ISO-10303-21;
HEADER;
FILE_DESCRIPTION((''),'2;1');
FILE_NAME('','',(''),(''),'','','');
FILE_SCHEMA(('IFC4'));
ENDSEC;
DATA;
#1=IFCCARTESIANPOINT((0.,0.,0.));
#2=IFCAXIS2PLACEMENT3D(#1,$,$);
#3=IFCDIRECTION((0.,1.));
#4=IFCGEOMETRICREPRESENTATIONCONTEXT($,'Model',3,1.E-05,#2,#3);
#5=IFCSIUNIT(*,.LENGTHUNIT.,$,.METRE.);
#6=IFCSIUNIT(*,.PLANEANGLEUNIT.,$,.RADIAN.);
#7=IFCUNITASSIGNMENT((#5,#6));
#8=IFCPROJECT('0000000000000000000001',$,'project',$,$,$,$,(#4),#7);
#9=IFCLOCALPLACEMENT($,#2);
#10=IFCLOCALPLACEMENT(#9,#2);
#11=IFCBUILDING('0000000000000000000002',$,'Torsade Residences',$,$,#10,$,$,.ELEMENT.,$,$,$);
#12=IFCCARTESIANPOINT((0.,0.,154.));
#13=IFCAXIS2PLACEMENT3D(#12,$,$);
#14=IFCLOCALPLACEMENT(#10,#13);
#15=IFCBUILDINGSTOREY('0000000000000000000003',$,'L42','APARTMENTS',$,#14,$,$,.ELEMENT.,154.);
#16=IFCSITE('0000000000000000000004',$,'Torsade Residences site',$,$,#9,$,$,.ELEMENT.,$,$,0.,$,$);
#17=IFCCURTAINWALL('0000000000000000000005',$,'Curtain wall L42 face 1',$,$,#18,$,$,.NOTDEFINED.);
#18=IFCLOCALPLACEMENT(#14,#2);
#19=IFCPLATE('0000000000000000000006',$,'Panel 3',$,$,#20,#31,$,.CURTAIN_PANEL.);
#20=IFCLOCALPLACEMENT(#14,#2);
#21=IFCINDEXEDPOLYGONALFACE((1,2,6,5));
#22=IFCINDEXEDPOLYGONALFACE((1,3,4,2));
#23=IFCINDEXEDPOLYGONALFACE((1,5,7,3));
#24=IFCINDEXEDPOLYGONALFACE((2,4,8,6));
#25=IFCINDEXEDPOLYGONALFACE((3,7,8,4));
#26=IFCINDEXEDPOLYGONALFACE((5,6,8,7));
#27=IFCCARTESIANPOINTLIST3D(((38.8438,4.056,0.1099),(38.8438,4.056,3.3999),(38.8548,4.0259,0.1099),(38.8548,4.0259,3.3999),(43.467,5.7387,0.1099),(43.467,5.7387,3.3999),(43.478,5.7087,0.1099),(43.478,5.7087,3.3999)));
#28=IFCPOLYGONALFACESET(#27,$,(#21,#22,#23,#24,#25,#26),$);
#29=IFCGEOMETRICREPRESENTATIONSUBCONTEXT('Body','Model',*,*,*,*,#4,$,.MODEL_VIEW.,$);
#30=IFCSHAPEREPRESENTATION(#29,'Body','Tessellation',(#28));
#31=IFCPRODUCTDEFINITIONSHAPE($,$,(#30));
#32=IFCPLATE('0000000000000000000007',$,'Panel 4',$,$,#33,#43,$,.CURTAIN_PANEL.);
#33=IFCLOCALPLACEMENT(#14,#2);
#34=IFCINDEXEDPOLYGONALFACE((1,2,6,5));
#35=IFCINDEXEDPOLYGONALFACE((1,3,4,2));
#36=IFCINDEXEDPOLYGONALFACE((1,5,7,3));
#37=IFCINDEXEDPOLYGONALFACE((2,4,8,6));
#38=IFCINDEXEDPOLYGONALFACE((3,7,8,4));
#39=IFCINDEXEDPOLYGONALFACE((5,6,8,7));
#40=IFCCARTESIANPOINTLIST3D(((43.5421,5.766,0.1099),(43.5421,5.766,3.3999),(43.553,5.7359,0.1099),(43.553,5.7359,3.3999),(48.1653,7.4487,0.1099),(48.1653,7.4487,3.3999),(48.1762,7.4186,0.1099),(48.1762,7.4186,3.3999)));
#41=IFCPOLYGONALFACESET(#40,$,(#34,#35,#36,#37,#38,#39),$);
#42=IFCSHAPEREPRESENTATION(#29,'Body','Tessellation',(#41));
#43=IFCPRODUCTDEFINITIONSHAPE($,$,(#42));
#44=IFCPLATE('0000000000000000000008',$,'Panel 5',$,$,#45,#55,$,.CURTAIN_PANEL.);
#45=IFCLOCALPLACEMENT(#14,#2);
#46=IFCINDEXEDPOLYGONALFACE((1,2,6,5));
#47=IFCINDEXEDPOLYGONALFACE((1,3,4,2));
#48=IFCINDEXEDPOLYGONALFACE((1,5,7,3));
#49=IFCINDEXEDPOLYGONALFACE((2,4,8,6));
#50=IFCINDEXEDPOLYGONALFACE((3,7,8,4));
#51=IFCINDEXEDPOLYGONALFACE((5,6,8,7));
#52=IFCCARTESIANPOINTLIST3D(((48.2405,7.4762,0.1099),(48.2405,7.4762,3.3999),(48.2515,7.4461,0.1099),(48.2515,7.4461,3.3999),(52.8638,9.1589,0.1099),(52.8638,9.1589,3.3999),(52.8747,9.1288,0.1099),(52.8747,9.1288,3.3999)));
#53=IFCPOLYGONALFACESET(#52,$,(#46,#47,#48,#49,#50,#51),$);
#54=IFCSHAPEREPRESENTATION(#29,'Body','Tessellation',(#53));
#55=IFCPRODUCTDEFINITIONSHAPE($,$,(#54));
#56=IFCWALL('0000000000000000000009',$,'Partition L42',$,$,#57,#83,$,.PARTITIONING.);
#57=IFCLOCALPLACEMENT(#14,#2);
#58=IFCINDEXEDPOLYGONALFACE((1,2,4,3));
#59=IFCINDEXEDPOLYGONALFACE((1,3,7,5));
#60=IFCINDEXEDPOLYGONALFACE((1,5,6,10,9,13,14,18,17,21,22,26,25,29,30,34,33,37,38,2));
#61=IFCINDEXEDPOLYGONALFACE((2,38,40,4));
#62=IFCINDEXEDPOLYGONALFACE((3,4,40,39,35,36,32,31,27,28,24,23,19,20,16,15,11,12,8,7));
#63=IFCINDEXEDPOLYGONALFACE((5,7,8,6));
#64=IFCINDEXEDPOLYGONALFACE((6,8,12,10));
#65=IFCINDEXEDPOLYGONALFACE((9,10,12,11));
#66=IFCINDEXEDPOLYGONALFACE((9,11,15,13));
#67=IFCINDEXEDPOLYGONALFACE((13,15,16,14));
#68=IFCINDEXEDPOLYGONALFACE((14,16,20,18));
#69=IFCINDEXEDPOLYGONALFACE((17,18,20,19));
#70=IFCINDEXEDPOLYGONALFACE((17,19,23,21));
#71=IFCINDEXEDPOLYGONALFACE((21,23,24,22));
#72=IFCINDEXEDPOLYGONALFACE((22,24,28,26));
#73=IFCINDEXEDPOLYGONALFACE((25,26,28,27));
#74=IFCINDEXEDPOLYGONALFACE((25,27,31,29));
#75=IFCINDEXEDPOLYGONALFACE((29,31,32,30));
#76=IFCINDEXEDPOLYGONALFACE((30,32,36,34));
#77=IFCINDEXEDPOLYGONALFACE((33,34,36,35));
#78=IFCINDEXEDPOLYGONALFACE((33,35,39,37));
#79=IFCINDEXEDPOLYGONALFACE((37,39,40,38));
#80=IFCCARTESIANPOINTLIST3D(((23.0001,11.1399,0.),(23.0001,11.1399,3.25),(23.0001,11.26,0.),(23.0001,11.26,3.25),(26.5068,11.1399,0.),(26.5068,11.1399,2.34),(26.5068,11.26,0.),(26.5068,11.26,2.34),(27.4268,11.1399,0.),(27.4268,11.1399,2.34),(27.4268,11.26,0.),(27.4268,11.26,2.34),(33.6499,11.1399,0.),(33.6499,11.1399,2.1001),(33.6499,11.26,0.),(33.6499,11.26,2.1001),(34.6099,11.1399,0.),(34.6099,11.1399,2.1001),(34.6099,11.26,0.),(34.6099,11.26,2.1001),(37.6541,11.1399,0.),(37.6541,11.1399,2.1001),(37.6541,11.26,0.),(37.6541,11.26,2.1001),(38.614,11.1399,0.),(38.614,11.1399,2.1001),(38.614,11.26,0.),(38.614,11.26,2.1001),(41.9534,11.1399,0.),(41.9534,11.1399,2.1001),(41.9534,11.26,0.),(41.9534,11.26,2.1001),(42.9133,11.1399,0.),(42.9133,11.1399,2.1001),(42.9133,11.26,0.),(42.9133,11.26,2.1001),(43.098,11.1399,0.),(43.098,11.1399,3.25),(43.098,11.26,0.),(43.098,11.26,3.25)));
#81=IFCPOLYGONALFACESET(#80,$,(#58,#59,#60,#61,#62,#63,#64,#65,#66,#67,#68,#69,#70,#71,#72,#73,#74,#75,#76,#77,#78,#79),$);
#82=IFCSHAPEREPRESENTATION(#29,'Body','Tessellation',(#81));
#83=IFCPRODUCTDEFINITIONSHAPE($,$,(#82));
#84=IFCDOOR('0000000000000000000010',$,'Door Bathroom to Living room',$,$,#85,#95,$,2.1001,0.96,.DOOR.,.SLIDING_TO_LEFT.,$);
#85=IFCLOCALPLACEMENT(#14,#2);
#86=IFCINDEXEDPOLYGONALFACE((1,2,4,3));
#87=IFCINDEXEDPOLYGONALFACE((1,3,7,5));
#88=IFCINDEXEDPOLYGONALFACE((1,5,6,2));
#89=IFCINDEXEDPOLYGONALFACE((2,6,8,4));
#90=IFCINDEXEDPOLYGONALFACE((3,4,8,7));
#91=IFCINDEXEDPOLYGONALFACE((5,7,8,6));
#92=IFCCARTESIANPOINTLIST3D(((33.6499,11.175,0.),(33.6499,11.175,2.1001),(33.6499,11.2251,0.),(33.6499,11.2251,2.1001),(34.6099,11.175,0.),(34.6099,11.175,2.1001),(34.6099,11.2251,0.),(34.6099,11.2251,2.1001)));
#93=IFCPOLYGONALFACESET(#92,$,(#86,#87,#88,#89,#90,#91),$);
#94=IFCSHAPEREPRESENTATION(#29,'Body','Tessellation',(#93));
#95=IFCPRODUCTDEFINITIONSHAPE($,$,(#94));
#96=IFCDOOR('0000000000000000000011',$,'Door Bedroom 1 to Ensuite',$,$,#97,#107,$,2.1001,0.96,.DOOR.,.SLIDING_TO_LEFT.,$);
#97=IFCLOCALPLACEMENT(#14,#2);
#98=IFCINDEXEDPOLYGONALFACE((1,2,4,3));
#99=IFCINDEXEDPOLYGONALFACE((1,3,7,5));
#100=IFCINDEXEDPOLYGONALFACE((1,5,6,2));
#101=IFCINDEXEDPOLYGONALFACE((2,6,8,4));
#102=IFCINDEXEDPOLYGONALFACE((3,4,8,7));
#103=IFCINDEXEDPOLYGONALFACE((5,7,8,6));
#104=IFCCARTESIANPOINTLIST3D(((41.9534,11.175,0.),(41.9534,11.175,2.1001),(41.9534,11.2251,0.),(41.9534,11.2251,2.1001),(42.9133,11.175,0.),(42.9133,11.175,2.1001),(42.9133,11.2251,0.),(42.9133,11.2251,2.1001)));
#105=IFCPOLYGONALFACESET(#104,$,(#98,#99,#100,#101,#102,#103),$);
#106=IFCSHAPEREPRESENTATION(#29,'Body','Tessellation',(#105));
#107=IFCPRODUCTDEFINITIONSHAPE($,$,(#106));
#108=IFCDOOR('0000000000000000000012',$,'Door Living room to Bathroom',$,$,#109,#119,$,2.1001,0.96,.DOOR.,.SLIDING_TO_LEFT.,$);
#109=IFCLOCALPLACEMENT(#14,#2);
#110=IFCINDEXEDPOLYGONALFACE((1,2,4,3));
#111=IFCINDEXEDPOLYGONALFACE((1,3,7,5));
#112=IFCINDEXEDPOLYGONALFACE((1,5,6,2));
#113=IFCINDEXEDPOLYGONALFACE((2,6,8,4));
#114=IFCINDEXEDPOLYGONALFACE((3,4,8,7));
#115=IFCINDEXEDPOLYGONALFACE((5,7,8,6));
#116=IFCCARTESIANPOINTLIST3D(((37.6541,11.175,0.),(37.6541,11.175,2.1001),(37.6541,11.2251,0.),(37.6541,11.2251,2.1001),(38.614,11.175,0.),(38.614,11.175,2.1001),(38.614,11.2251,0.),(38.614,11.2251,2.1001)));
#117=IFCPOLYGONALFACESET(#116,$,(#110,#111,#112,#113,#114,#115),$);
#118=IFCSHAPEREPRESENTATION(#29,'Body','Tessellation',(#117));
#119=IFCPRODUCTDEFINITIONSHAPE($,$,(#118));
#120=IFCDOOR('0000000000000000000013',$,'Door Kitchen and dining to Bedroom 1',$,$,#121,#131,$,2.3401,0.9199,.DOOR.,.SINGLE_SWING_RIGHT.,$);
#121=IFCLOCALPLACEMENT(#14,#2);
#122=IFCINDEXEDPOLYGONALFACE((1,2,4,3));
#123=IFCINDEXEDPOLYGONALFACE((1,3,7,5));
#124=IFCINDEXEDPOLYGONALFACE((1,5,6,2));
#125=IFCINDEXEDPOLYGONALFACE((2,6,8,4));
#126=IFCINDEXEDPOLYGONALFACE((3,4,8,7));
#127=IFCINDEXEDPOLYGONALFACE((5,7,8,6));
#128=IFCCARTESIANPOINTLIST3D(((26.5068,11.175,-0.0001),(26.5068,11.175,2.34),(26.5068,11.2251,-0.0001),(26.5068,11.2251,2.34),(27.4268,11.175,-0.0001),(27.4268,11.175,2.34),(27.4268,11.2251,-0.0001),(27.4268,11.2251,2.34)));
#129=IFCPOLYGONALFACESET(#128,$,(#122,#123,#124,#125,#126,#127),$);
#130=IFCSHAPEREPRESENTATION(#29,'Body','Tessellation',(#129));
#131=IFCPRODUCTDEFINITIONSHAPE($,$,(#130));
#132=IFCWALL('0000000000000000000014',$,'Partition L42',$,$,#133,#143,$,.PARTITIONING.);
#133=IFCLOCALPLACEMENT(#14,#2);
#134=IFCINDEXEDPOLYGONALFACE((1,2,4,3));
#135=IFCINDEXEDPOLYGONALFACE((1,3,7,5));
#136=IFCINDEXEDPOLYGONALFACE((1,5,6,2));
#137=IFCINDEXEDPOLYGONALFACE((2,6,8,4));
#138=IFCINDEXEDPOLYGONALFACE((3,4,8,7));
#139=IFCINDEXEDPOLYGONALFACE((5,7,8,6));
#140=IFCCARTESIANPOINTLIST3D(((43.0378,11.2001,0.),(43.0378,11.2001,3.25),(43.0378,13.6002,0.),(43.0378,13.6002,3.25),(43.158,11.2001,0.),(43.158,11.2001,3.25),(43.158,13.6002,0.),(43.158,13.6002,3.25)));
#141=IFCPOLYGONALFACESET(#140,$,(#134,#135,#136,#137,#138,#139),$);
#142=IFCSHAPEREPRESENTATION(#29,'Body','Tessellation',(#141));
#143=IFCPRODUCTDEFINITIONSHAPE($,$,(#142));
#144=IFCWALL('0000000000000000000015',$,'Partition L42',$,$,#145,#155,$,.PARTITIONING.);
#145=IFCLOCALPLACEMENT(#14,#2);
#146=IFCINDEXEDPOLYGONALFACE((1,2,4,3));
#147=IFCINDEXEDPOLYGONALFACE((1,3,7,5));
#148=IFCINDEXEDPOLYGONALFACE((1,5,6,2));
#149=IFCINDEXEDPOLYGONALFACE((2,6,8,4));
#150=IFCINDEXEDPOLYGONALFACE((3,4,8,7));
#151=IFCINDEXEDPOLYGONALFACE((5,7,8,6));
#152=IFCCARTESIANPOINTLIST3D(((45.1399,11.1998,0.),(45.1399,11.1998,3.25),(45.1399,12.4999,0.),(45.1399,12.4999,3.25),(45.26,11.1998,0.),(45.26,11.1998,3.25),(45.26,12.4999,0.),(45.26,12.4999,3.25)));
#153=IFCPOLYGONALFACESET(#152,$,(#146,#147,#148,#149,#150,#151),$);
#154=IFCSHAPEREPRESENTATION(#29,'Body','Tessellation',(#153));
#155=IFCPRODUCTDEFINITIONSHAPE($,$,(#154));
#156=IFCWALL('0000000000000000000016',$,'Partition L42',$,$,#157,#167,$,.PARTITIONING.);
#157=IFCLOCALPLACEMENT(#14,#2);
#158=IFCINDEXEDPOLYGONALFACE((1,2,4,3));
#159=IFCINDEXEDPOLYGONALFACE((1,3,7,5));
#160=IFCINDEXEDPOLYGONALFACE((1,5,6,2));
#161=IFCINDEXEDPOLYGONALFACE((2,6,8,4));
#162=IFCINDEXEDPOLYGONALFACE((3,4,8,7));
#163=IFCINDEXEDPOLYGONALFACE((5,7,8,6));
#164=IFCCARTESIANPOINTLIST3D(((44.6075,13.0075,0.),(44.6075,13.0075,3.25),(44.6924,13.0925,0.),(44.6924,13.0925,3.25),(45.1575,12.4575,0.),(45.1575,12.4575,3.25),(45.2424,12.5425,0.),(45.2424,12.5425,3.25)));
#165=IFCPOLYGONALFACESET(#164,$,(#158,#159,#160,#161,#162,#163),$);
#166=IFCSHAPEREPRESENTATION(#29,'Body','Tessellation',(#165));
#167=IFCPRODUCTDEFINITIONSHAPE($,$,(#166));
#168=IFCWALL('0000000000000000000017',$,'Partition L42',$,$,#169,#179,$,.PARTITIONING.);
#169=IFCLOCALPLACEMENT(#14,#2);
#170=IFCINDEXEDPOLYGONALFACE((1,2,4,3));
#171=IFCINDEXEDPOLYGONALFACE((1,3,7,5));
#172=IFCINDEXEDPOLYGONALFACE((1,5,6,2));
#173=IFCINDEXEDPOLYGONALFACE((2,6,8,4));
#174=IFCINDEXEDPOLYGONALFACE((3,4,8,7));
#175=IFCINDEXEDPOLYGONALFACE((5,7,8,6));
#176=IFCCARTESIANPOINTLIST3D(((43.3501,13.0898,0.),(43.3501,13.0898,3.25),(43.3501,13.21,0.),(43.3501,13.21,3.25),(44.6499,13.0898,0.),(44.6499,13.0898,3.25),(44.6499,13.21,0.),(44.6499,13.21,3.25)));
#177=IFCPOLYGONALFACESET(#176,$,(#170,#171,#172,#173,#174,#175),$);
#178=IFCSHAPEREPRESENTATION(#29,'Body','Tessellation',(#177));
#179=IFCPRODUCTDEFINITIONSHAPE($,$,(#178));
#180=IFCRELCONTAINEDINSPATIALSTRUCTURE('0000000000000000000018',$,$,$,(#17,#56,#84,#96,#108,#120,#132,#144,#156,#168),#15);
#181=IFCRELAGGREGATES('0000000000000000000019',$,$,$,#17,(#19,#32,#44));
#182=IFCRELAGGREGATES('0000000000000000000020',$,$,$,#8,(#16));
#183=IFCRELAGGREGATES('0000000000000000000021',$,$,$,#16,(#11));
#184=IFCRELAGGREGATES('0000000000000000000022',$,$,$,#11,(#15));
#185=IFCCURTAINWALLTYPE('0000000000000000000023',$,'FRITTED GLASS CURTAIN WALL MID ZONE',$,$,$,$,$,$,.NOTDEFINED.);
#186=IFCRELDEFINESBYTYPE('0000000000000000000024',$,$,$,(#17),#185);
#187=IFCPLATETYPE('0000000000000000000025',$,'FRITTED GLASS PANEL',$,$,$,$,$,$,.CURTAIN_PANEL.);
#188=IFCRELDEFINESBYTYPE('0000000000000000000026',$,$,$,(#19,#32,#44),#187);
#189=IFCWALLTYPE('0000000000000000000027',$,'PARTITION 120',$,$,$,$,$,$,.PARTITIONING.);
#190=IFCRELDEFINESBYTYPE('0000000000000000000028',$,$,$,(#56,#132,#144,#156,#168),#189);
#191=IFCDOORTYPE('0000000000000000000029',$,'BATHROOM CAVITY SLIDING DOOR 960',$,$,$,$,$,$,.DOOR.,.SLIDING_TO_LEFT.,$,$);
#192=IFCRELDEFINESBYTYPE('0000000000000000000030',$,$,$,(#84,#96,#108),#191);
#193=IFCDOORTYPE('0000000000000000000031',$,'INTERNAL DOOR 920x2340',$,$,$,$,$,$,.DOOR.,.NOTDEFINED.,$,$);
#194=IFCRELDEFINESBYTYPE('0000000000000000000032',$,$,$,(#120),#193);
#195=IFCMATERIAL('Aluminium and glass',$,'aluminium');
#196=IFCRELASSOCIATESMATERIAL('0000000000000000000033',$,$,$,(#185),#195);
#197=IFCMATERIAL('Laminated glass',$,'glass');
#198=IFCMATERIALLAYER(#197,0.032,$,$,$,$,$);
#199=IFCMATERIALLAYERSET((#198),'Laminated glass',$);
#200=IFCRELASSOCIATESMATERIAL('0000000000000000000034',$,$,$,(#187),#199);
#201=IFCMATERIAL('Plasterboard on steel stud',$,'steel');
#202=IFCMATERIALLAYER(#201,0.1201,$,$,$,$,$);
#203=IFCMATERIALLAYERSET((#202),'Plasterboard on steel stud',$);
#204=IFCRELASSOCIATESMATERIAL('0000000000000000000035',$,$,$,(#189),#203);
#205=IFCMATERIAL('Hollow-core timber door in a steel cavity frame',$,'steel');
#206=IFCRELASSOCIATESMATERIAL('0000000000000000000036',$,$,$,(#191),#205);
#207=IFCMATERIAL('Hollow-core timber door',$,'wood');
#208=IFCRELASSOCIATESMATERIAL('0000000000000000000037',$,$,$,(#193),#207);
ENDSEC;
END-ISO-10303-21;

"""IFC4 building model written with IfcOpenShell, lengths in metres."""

from ifc_helpers import new_model, si_unit, direction, frame, frame_2d, origin, origin_2d, place, context, subcontext, project, spatial, rectangle, extrude, material, layer, layer_set, type_object, element, fill, aggregate, save


model = new_model("IFC4")

# Units and contexts
model_context = context("Model", 3, precision=1e-05, world=origin(), true_north=direction((0.0, 1.0)))
body_context = subcontext(model_context, "Body", "Model", "MODEL_VIEW")
ifc_project = project(units=[si_unit("LENGTHUNIT", "METRE"), si_unit("PLANEANGLEUNIT", "RADIAN")], contexts=[model_context])

# Site, building, storey
site_placement = place(None, origin())
site = spatial("IfcSite", under=ifc_project, at=site_placement, Name="Torsade Residences site", CompositionType="ELEMENT", RefElevation=0.0)
building_placement = place(site_placement, origin())
building = spatial("IfcBuilding", under=site, at=building_placement, Name="Torsade Residences", CompositionType="ELEMENT")
storey_placement = place(building_placement, frame((0.0, 0.0, 154.0)))
storey = spatial("IfcBuildingStorey", under=building, at=storey_placement, Name="L42", Description="APARTMENTS", CompositionType="ELEMENT", Elevation=154.0)

# Curtain wall
ifc_material_1 = material(Name="Aluminium and glass", Category="aluminium")
curtain_wall_type = type_object("IfcCurtainWallType", Name="FRITTED GLASS CURTAIN WALL MID ZONE", PredefinedType="NOTDEFINED", material=ifc_material_1)
curtain_wall_placement = place(storey_placement, origin())
curtain_wall = element("IfcCurtainWall", 1, at=curtain_wall_placement, inside=storey, type_object=curtain_wall_type, Name="Curtain wall L42 face 1", PredefinedType="NOTDEFINED")

# Plates
ifc_material_2 = material(Name="Laminated glass", Category="glass")
ifc_layer_1 = layer(ifc_material_2, 0.032)
ifc_layer_set_1 = layer_set([ifc_layer_1], Name="Laminated glass")
plate_type = type_object("IfcPlateType", Name="FRITTED GLASS PANEL", PredefinedType="CURTAIN_PANEL", material=ifc_layer_set_1)
plate_1_placement = place(storey_placement, frame((41.1609, 4.8823, 0.1099), z_axis=(0.0, 0.0, 1.0), x_axis=(0.939693, 0.34202, 0.0)))
plate_1 = element("IfcPlate", 2, at=plate_1_placement, type_object=plate_type, Name="Panel 3", PredefinedType="CURTAIN_PANEL", context=body_context, shape_type="SweptSolid", body=[
    extrude(rectangle(XDim=4.9199, YDim=0.032, at=origin_2d()), origin(), (0.0, 0.0, 1.0), 3.29),
])
plate_2_placement = place(storey_placement, frame((45.8591, 6.5923, 0.1099), z_axis=(0.0, 0.0, 1.0), x_axis=(0.939693, 0.34202, 0.0)))
plate_2 = element("IfcPlate", 3, at=plate_2_placement, type_object=plate_type, Name="Panel 4", PredefinedType="CURTAIN_PANEL", context=body_context, shape_type="SweptSolid", body=[
    extrude(rectangle(XDim=4.9199, YDim=0.032, at=origin_2d()), origin(), (0.0, 0.0, 1.0), 3.29),
])
plate_3_placement = place(storey_placement, frame((50.5576, 8.3025, 0.1099), z_axis=(0.0, 0.0, 1.0), x_axis=(0.939693, 0.34202, 0.0)))
plate_3 = element("IfcPlate", 4, at=plate_3_placement, type_object=plate_type, Name="Panel 5", PredefinedType="CURTAIN_PANEL", context=body_context, shape_type="SweptSolid", body=[
    extrude(rectangle(XDim=4.9199, YDim=0.032, at=origin_2d()), origin(), (0.0, 0.0, 1.0), 3.29),
])
aggregate(curtain_wall, [plate_1, plate_2, plate_3])

# Wall, openings, doors
ifc_material_3 = material(Name="Plasterboard on steel stud", Category="steel")
ifc_layer_2 = layer(ifc_material_3, 0.1201)
ifc_layer_set_2 = layer_set([ifc_layer_2], Name="Plasterboard on steel stud")
wall_type_1 = type_object("IfcWallType", Name="PARTITION 120", PredefinedType="PARTITIONING", material=ifc_layer_set_2)
wall_1_placement = place(storey_placement, frame((43.0979, 11.2, 0.0), z_axis=(0.0, 0.0, 1.0), x_axis=(-1.0, 0.0, 0.0)))
wall_1 = element("IfcWall", 5, at=wall_1_placement, inside=storey, type_object=wall_type_1, Name="Partition L42", PredefinedType="PARTITIONING", context=body_context, shape_type="SweptSolid", body=[
    extrude(rectangle(XDim=20.0979, YDim=0.1201, at=frame_2d((10.0488, 0.0))), origin(), (0.0, 0.0, 1.0), 3.25),
])
opening_1_placement = place(wall_1_placement, frame((15.6711, 0.0, 0.0)))
opening_1 = element("IfcOpeningElement", 6, at=opening_1_placement, cuts=wall_1, PredefinedType="OPENING", context=body_context, shape_type="SweptSolid", body=[
    extrude(rectangle(XDim=0.9199, YDim=2.3401, at=frame_2d((0.46, 1.1699))), frame((0.0, 0.0701, 0.0), z_axis=(0.0, -1.0, 0.0), x_axis=(1.0, 0.0, 0.0)), (0.0, 0.0, 1.0), 0.1401),
])
opening_2_placement = place(wall_1_placement, frame((8.488, 0.0, 0.0)))
opening_2 = element("IfcOpeningElement", 7, at=opening_2_placement, cuts=wall_1, PredefinedType="OPENING", context=body_context, shape_type="SweptSolid", body=[
    extrude(rectangle(XDim=0.96, YDim=2.1001, at=frame_2d((0.48, 1.05))), frame((0.0, 0.0701, 0.0), z_axis=(0.0, -1.0, 0.0), x_axis=(1.0, 0.0, 0.0)), (0.0, 0.0, 1.0), 0.1401),
])
opening_3_placement = place(wall_1_placement, frame((0.1846, 0.0, 0.0)))
opening_3 = element("IfcOpeningElement", 8, at=opening_3_placement, cuts=wall_1, PredefinedType="OPENING", context=body_context, shape_type="SweptSolid", body=[
    extrude(rectangle(XDim=0.96, YDim=2.1001, at=frame_2d((0.48, 1.05))), frame((0.0, 0.0701, 0.0), z_axis=(0.0, -1.0, 0.0), x_axis=(1.0, 0.0, 0.0)), (0.0, 0.0, 1.0), 0.1401),
])
opening_4_placement = place(wall_1_placement, frame((4.4839, 0.0, 0.0)))
opening_4 = element("IfcOpeningElement", 9, at=opening_4_placement, cuts=wall_1, PredefinedType="OPENING", context=body_context, shape_type="SweptSolid", body=[
    extrude(rectangle(XDim=0.96, YDim=2.1001, at=frame_2d((0.48, 1.05))), frame((0.0, 0.0701, 0.0), z_axis=(0.0, -1.0, 0.0), x_axis=(1.0, 0.0, 0.0)), (0.0, 0.0, 1.0), 0.1401),
])
ifc_material_4 = material(Name="Hollow-core timber door in a steel cavity frame", Category="steel")
door_type_1 = type_object("IfcDoorType", Name="BATHROOM CAVITY SLIDING DOOR 960", OperationType="SLIDING_TO_LEFT", PredefinedType="DOOR", material=ifc_material_4)
door_1_placement = place(opening_2_placement, origin())
door_1 = element("IfcDoor", 10, at=door_1_placement, inside=storey, type_object=door_type_1, Name="Door Bathroom to Living room", OperationType="SLIDING_TO_LEFT", OverallHeight=2.1001, OverallWidth=0.96, PredefinedType="DOOR", context=body_context, shape_type="SweptSolid", body=[
    extrude(rectangle(XDim=0.96, YDim=2.1001, at=frame_2d((0.48, 1.05))), frame((0.0, 0.0249, 0.0), z_axis=(0.0, -1.0, 0.0), x_axis=(1.0, 0.0, 0.0)), (0.0, 0.0, 1.0), 0.05),
])
fill(opening_2, door_1)
door_2_placement = place(opening_3_placement, origin())
door_2 = element("IfcDoor", 11, at=door_2_placement, inside=storey, type_object=door_type_1, Name="Door Bedroom 1 to Ensuite", OperationType="SLIDING_TO_LEFT", OverallHeight=2.1001, OverallWidth=0.96, PredefinedType="DOOR", context=body_context, shape_type="SweptSolid", body=[
    extrude(rectangle(XDim=0.96, YDim=2.1001, at=frame_2d((0.48, 1.05))), frame((0.0, 0.0249, 0.0), z_axis=(0.0, -1.0, 0.0), x_axis=(1.0, 0.0, 0.0)), (0.0, 0.0, 1.0), 0.05),
])
fill(opening_3, door_2)
door_3_placement = place(opening_4_placement, origin())
door_3 = element("IfcDoor", 12, at=door_3_placement, inside=storey, type_object=door_type_1, Name="Door Living room to Bathroom", OperationType="SLIDING_TO_LEFT", OverallHeight=2.1001, OverallWidth=0.96, PredefinedType="DOOR", context=body_context, shape_type="SweptSolid", body=[
    extrude(rectangle(XDim=0.96, YDim=2.1001, at=frame_2d((0.48, 1.05))), frame((0.0, 0.0249, 0.0), z_axis=(0.0, -1.0, 0.0), x_axis=(1.0, 0.0, 0.0)), (0.0, 0.0, 1.0), 0.05),
])
fill(opening_4, door_3)
ifc_material_5 = material(Name="Hollow-core timber door", Category="wood")
door_type_2 = type_object("IfcDoorType", Name="INTERNAL DOOR 920x2340", OperationType="NOTDEFINED", PredefinedType="DOOR", material=ifc_material_5)
door_4_placement = place(opening_1_placement, origin())
door_4 = element("IfcDoor", 13, at=door_4_placement, inside=storey, type_object=door_type_2, Name="Door Kitchen and dining to Bedroom 1", OperationType="SINGLE_SWING_RIGHT", OverallHeight=2.3401, OverallWidth=0.9199, PredefinedType="DOOR", context=body_context, shape_type="SweptSolid", body=[
    extrude(rectangle(XDim=0.9199, YDim=2.3401, at=frame_2d((0.46, 1.1699))), frame((0.0, 0.0249, 0.0), z_axis=(0.0, -1.0, 0.0), x_axis=(1.0, 0.0, 0.0)), (0.0, 0.0, 1.0), 0.05),
])
fill(opening_1, door_4)

# Walls
wall_2_placement = place(storey_placement, frame((43.0979, 11.2, 0.0), z_axis=(0.0, 0.0, 1.0), x_axis=(0.0, 1.0, 0.0)))
element("IfcWall", 14, at=wall_2_placement, inside=storey, type_object=wall_type_1, Name="Partition L42", PredefinedType="PARTITIONING", context=body_context, shape_type="SweptSolid", body=[
    extrude(rectangle(XDim=2.4001, YDim=0.1201, at=frame_2d((1.2002, 0.0))), origin(), (0.0, 0.0, 1.0), 3.25),
])
wall_3_placement = place(storey_placement, frame((45.2, 11.2, 0.0), z_axis=(0.0, 0.0, 1.0), x_axis=(0.0, 1.0, 0.0)))
element("IfcWall", 15, at=wall_3_placement, inside=storey, type_object=wall_type_1, Name="Partition L42", PredefinedType="PARTITIONING", context=body_context, shape_type="SweptSolid", body=[
    extrude(rectangle(XDim=1.3, YDim=0.1201, at=frame_2d((0.6499, 0.0))), origin(), (0.0, 0.0, 1.0), 3.25),
])
wall_4_placement = place(storey_placement, frame((45.2, 12.5, 0.0), z_axis=(0.0, 0.0, 1.0), x_axis=(-0.707107, 0.707107, 0.0)))
element("IfcWall", 16, at=wall_4_placement, inside=storey, type_object=wall_type_1, Name="Partition L42", PredefinedType="PARTITIONING", context=body_context, shape_type="SweptSolid", body=[
    extrude(rectangle(XDim=0.7778, YDim=0.1201, at=frame_2d((0.3889, 0.0))), origin(), (0.0, 0.0, 1.0), 3.25),
])
wall_5_placement = place(storey_placement, frame((44.6499, 13.1499, 0.0), z_axis=(0.0, 0.0, 1.0), x_axis=(-1.0, 0.0, 0.0)))
element("IfcWall", 17, at=wall_5_placement, inside=storey, type_object=wall_type_1, Name="Partition L42", PredefinedType="PARTITIONING", context=body_context, shape_type="SweptSolid", body=[
    extrude(rectangle(XDim=1.2998, YDim=0.1201, at=frame_2d((0.6499, 0.0))), origin(), (0.0, 0.0, 1.0), 3.25),
])

save(model, "model.ifc")
